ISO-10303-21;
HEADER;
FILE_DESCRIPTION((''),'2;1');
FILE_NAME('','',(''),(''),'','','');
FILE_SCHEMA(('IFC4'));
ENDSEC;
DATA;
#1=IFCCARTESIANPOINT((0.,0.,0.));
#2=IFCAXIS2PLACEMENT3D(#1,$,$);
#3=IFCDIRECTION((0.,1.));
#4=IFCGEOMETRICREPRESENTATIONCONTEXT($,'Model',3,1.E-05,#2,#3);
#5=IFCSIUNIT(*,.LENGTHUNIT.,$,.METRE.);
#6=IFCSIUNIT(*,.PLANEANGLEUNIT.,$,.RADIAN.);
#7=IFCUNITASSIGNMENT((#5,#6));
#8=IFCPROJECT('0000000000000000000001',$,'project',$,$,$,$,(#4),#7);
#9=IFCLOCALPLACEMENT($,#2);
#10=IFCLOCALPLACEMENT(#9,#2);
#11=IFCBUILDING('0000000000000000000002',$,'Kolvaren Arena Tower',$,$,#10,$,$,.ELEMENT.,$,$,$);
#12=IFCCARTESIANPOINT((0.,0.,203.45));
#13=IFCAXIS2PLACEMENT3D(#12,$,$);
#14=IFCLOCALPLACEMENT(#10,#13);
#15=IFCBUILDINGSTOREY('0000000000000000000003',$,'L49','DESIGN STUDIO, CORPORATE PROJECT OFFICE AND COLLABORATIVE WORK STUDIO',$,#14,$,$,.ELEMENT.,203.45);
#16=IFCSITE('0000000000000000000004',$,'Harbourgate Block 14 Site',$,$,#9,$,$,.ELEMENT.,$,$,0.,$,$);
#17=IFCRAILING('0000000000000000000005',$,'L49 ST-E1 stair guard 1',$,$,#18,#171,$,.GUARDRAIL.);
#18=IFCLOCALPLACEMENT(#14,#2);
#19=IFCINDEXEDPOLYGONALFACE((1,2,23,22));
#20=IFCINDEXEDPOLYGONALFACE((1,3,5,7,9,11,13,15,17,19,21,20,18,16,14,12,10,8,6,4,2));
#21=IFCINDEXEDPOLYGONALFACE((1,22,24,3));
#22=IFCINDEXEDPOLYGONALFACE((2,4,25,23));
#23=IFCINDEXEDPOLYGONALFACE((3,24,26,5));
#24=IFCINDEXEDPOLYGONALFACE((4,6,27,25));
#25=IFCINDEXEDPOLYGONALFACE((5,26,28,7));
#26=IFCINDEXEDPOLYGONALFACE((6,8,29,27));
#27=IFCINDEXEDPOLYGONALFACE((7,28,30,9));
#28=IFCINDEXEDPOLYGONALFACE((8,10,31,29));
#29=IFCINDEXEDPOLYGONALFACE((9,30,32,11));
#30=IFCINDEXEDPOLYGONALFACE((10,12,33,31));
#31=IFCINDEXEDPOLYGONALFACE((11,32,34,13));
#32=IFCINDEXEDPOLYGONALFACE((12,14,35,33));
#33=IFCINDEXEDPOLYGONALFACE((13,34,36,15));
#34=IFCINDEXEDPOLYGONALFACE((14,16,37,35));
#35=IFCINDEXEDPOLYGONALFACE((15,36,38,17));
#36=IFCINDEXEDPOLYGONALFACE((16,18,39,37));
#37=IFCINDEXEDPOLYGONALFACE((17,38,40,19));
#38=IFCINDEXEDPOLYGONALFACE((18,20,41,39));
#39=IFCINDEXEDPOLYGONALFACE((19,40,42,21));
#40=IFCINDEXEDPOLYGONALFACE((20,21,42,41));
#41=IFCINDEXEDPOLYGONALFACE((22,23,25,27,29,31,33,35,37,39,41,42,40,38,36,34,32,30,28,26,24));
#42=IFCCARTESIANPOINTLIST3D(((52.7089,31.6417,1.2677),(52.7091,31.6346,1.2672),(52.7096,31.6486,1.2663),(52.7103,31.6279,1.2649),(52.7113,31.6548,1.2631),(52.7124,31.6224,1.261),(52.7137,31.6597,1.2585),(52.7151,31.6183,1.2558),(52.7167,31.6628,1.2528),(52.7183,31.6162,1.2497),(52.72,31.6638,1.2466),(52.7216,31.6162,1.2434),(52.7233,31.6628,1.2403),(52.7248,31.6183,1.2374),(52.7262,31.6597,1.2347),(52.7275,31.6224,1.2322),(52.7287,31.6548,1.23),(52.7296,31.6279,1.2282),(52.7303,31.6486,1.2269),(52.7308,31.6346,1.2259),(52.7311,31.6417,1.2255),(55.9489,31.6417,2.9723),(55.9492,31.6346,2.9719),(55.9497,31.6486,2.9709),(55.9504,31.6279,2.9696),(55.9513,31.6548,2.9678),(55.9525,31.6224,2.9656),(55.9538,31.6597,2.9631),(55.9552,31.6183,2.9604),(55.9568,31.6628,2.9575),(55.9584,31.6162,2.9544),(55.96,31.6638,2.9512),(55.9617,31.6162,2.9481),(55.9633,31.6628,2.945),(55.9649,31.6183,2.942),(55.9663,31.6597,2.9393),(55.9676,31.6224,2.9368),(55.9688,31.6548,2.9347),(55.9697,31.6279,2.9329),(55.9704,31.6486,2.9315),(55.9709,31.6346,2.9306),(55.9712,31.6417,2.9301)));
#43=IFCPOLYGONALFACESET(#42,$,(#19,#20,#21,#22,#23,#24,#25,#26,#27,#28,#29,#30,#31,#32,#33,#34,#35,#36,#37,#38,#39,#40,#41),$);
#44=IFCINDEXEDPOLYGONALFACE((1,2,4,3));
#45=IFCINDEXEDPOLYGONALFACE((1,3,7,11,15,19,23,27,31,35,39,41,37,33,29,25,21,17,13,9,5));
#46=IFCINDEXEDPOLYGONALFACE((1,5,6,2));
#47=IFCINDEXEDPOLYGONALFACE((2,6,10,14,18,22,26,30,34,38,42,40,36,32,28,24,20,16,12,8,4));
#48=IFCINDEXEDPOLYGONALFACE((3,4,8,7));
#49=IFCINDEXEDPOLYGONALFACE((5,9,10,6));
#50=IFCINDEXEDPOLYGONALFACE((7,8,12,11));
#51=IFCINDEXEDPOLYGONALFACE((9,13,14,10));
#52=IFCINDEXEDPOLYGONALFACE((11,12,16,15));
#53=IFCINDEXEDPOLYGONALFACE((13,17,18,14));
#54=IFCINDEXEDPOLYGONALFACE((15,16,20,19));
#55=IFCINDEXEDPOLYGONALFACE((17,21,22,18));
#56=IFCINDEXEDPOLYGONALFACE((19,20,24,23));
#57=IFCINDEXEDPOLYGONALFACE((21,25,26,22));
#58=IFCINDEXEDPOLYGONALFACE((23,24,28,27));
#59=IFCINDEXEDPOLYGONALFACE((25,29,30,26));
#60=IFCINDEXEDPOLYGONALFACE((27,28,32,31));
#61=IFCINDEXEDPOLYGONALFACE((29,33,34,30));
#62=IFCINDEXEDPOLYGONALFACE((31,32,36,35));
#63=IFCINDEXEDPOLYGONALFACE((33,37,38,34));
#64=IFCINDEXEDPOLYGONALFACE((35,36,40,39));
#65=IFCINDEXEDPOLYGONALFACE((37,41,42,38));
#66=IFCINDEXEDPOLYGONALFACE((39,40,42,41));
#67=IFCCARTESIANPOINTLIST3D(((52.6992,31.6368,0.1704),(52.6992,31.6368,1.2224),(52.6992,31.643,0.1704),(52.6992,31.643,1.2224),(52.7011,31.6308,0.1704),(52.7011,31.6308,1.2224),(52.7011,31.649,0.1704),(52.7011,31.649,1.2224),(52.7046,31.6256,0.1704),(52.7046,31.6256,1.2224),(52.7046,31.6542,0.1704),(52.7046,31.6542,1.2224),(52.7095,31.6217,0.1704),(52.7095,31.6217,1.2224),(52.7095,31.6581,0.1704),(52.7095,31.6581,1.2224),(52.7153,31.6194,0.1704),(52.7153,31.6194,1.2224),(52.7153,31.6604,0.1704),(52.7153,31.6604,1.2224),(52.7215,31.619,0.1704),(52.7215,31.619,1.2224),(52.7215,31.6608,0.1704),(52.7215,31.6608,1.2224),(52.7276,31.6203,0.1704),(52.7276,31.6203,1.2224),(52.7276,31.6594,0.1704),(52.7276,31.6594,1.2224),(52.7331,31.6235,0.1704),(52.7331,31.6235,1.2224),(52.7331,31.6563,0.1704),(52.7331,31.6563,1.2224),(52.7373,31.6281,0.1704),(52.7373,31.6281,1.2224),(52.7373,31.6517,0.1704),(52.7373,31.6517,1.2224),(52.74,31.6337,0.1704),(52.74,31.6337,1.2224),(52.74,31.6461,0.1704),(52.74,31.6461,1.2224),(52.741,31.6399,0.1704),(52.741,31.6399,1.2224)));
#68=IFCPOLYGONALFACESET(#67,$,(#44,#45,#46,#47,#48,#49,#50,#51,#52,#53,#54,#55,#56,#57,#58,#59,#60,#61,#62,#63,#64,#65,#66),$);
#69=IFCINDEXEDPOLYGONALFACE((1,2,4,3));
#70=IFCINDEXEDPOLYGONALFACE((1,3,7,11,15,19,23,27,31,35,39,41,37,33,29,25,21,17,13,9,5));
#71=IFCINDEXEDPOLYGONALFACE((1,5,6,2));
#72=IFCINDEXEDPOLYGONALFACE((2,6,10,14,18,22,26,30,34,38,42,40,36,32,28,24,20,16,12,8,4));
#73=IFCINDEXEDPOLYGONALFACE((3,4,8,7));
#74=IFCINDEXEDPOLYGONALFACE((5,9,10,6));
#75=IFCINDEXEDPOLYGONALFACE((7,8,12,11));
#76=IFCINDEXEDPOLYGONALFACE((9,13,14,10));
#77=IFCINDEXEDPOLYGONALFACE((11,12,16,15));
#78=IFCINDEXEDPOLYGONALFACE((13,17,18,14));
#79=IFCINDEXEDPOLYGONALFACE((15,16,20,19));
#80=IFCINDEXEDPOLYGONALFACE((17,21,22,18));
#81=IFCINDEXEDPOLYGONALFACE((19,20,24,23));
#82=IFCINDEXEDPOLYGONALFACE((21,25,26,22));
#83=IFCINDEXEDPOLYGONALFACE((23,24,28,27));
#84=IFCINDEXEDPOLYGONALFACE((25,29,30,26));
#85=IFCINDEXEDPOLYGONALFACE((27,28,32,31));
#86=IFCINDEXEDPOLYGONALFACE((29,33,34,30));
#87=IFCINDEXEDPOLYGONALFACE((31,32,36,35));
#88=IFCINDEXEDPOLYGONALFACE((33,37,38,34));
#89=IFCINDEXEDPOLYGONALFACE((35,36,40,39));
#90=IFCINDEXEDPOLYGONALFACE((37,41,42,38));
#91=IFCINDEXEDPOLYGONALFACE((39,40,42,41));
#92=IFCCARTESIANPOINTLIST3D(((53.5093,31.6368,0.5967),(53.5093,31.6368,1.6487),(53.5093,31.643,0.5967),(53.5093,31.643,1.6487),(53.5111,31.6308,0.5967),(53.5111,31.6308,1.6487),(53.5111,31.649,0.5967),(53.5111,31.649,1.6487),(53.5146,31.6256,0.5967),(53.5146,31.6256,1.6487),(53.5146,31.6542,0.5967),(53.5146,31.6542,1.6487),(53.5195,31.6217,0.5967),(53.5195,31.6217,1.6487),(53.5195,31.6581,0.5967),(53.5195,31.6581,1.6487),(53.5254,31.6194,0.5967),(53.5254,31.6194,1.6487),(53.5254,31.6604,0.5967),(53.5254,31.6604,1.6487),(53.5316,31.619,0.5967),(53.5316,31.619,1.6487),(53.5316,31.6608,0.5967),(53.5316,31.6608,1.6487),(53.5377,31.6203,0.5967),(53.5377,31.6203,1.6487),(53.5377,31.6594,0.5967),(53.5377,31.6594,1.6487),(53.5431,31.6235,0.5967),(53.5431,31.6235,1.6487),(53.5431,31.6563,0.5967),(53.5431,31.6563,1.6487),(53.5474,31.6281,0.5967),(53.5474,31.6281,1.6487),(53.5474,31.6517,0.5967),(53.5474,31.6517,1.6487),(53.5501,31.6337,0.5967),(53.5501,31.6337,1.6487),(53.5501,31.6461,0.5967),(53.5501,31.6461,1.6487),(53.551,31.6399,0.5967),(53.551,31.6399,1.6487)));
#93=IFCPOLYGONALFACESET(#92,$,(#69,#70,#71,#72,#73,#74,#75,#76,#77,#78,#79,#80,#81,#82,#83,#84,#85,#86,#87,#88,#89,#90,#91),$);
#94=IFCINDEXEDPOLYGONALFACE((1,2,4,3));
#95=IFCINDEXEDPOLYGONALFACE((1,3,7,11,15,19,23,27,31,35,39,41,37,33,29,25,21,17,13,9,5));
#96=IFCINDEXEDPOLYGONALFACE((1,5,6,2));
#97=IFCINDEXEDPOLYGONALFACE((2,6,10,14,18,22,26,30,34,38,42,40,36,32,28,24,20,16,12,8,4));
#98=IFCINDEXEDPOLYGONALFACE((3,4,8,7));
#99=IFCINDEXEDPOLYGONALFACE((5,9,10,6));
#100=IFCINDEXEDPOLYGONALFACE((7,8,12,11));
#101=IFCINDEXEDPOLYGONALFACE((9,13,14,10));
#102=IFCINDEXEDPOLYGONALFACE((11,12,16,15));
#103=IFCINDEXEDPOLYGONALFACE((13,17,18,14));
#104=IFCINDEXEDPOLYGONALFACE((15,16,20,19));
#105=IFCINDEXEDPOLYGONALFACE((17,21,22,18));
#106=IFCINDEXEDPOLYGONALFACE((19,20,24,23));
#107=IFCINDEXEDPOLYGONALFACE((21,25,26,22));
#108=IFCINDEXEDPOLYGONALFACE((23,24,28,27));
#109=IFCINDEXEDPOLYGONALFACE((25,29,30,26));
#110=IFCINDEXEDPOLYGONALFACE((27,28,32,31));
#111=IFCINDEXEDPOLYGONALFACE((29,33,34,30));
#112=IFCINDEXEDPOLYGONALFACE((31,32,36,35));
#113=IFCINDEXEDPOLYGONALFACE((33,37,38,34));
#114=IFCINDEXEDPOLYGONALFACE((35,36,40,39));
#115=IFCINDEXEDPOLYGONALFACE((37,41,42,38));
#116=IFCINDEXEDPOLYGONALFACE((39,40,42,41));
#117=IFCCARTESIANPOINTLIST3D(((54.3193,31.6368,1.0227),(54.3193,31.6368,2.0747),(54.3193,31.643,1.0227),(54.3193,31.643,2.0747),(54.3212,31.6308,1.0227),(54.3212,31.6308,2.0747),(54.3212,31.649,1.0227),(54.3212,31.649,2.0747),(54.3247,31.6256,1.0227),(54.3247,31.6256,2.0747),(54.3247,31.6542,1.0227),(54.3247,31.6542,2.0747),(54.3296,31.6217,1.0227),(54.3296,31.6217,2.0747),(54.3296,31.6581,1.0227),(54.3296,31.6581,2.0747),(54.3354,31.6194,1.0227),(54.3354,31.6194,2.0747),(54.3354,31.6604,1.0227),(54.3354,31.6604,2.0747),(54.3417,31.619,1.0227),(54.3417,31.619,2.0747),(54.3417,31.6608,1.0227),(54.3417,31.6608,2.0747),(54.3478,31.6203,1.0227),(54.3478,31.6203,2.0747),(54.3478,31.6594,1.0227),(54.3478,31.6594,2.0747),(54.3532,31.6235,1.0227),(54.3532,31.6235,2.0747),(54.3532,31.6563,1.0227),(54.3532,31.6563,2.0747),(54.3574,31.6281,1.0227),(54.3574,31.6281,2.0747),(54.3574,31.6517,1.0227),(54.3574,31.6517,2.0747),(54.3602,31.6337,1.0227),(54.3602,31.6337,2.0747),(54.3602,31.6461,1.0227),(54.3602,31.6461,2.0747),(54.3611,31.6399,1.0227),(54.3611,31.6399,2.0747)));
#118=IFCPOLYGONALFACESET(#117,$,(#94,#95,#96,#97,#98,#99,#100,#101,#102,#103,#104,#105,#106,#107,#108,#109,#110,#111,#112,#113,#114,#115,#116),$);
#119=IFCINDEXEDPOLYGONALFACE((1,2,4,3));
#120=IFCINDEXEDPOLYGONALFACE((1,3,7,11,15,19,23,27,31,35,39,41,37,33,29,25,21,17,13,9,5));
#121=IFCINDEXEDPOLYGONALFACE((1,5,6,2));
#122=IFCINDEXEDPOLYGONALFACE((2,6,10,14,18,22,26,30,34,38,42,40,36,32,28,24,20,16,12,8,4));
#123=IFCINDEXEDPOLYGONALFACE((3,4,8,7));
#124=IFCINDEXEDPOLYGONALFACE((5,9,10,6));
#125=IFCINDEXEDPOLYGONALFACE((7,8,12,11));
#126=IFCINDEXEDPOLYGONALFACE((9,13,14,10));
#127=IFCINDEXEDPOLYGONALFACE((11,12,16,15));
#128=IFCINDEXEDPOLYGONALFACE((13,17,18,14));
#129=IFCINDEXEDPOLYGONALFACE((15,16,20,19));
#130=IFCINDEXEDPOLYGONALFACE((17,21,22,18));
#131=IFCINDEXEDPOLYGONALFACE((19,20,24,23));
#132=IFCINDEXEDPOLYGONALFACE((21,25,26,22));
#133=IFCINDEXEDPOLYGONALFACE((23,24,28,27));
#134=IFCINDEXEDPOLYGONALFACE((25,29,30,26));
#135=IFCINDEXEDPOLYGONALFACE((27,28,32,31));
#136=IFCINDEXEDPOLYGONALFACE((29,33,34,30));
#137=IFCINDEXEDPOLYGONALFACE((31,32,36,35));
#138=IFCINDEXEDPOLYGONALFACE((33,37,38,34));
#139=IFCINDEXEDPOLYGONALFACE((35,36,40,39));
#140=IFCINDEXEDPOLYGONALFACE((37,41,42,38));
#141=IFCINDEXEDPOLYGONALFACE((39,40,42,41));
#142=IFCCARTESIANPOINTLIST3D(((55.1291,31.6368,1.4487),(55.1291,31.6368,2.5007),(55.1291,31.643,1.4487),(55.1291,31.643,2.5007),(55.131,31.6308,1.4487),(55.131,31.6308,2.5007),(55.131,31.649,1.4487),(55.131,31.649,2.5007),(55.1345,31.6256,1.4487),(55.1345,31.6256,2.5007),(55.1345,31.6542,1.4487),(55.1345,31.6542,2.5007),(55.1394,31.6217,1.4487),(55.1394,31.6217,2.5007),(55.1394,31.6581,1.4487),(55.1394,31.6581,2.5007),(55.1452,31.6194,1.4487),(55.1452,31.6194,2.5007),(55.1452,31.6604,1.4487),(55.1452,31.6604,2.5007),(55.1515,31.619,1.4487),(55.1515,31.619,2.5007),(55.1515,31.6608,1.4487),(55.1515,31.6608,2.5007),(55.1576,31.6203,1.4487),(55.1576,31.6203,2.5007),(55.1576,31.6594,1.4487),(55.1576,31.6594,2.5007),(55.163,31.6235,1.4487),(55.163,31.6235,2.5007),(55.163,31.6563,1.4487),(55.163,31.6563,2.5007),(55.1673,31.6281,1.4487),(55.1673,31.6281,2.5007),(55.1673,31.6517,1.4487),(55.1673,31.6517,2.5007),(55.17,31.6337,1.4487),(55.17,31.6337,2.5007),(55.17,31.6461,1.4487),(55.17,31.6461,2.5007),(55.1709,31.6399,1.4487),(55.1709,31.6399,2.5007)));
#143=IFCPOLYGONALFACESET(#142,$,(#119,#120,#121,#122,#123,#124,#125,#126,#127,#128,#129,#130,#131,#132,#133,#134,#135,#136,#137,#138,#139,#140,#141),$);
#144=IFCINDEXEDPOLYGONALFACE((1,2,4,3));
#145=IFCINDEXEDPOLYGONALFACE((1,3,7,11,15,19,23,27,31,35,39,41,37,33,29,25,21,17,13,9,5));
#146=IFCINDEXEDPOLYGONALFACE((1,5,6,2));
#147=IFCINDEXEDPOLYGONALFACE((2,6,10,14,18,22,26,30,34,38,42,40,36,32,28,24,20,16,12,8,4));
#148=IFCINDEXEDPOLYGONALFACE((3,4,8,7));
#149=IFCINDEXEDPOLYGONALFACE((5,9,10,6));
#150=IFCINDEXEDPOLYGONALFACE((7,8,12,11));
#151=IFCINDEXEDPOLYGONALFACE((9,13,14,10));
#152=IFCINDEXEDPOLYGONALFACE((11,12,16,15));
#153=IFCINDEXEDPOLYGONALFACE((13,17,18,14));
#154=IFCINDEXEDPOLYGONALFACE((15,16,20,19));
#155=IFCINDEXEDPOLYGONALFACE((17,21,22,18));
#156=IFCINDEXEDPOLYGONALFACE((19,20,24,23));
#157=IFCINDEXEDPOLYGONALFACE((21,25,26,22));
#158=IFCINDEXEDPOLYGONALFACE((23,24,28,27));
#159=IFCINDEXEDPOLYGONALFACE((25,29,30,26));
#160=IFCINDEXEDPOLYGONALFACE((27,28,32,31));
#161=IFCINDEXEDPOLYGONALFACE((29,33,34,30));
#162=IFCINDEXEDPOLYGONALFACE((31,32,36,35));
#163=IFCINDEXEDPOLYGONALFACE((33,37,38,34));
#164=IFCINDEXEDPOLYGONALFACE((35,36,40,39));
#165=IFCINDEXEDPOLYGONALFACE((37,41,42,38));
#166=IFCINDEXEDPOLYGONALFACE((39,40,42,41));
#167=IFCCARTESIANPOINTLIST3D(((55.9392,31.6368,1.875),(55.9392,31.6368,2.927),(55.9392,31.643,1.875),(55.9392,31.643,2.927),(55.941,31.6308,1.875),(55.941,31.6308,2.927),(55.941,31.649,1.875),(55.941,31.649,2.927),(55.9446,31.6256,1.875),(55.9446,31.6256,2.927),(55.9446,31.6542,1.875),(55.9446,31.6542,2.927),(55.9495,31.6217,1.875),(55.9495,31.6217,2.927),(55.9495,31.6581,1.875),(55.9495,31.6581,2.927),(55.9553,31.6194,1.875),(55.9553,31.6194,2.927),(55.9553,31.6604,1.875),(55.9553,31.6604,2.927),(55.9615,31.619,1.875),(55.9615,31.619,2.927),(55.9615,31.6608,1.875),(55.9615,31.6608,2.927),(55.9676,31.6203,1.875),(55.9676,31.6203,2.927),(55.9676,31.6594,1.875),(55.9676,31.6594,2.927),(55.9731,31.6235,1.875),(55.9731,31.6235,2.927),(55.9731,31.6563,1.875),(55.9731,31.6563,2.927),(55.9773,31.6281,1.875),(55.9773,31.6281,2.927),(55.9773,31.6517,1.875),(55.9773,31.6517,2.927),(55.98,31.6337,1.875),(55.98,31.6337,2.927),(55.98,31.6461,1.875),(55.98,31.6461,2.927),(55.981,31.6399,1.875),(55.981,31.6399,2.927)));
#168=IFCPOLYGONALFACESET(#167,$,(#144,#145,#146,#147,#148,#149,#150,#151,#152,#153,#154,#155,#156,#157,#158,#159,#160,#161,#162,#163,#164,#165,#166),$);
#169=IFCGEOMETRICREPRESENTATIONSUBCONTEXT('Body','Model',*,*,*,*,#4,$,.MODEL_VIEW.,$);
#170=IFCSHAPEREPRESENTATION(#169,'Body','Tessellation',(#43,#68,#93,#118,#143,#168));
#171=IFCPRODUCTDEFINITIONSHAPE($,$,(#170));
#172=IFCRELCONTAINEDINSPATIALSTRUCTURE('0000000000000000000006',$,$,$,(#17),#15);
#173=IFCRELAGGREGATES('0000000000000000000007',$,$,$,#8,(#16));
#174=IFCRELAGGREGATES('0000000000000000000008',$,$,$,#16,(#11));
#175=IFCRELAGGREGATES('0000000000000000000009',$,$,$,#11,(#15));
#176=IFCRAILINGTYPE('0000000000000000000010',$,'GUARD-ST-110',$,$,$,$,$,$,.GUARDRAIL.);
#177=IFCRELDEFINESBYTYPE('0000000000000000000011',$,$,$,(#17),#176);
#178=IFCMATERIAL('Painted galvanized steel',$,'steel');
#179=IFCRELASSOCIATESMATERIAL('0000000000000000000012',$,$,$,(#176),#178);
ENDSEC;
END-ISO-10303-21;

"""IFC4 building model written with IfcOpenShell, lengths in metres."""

from ifc_helpers import new_model, si_unit, direction, frame, origin, origin_2d, place, context, subcontext, project, spatial, circle, extrude, material, type_object, element, save


model = new_model("IFC4")

# Units and contexts
model_context = context("Model", 3, precision=1e-05, world=origin(), true_north=direction((0.0, 1.0)))
body_context = subcontext(model_context, "Body", "Model", "MODEL_VIEW")
ifc_project = project(units=[si_unit("LENGTHUNIT", "METRE"), si_unit("PLANEANGLEUNIT", "RADIAN")], contexts=[model_context])

# Site, building, storey
site_placement = place(None, origin())
site = spatial("IfcSite", under=ifc_project, at=site_placement, Name="Harbourgate Block 14 Site", CompositionType="ELEMENT", RefElevation=0.0)
building_placement = place(site_placement, origin())
building = spatial("IfcBuilding", under=site, at=building_placement, Name="Kolvaren Arena Tower", CompositionType="ELEMENT")
storey_placement = place(building_placement, frame((0.0, 0.0, 203.45)))
storey = spatial("IfcBuildingStorey", under=building, at=storey_placement, Name="L49", Description="DESIGN STUDIO, CORPORATE PROJECT OFFICE AND COLLABORATIVE WORK STUDIO", CompositionType="ELEMENT", Elevation=203.45)

# Railing
ifc_material_1 = material(Name="Painted galvanized steel", Category="steel")
railing_type_1 = type_object("IfcRailingType", Name="GUARD-ST-110", PredefinedType="GUARDRAIL", material=ifc_material_1)
railing_1_placement = place(storey_placement, frame((52.72, 31.6399, 0.1704)))
element("IfcRailing", 1, at=railing_1_placement, inside=storey, type_object=railing_type_1, Name="L49 ST-E1 stair guard 1", PredefinedType="GUARDRAIL", context=body_context, shape_type="SweptSolid", body=[
    extrude(circle(Radius=0.0239, at=origin_2d()), frame((0.0, 0.0, 1.0762), z_axis=(0.884993, 0.0, 0.465604), x_axis=(0.0, 1.0, 0.0)), (0.0, 0.0, 1.0), 3.6611),
    extrude(circle(Radius=0.021, at=origin_2d()), origin(), (0.0, 0.0, 1.0), 1.052),
    extrude(circle(Radius=0.021, at=origin_2d()), frame((0.8101, 0.0, 0.4263)), (0.0, 0.0, 1.0), 1.052),
    extrude(circle(Radius=0.021, at=origin_2d()), frame((1.6201, 0.0, 0.8523)), (0.0, 0.0, 1.0), 1.052),
    extrude(circle(Radius=0.021, at=origin_2d()), frame((2.4299, 0.0, 1.2783)), (0.0, 0.0, 1.0), 1.052),
    extrude(circle(Radius=0.021, at=origin_2d()), frame((3.24, 0.0, 1.7046)), (0.0, 0.0, 1.0), 1.052),
])

save(model, "model.ifc")
